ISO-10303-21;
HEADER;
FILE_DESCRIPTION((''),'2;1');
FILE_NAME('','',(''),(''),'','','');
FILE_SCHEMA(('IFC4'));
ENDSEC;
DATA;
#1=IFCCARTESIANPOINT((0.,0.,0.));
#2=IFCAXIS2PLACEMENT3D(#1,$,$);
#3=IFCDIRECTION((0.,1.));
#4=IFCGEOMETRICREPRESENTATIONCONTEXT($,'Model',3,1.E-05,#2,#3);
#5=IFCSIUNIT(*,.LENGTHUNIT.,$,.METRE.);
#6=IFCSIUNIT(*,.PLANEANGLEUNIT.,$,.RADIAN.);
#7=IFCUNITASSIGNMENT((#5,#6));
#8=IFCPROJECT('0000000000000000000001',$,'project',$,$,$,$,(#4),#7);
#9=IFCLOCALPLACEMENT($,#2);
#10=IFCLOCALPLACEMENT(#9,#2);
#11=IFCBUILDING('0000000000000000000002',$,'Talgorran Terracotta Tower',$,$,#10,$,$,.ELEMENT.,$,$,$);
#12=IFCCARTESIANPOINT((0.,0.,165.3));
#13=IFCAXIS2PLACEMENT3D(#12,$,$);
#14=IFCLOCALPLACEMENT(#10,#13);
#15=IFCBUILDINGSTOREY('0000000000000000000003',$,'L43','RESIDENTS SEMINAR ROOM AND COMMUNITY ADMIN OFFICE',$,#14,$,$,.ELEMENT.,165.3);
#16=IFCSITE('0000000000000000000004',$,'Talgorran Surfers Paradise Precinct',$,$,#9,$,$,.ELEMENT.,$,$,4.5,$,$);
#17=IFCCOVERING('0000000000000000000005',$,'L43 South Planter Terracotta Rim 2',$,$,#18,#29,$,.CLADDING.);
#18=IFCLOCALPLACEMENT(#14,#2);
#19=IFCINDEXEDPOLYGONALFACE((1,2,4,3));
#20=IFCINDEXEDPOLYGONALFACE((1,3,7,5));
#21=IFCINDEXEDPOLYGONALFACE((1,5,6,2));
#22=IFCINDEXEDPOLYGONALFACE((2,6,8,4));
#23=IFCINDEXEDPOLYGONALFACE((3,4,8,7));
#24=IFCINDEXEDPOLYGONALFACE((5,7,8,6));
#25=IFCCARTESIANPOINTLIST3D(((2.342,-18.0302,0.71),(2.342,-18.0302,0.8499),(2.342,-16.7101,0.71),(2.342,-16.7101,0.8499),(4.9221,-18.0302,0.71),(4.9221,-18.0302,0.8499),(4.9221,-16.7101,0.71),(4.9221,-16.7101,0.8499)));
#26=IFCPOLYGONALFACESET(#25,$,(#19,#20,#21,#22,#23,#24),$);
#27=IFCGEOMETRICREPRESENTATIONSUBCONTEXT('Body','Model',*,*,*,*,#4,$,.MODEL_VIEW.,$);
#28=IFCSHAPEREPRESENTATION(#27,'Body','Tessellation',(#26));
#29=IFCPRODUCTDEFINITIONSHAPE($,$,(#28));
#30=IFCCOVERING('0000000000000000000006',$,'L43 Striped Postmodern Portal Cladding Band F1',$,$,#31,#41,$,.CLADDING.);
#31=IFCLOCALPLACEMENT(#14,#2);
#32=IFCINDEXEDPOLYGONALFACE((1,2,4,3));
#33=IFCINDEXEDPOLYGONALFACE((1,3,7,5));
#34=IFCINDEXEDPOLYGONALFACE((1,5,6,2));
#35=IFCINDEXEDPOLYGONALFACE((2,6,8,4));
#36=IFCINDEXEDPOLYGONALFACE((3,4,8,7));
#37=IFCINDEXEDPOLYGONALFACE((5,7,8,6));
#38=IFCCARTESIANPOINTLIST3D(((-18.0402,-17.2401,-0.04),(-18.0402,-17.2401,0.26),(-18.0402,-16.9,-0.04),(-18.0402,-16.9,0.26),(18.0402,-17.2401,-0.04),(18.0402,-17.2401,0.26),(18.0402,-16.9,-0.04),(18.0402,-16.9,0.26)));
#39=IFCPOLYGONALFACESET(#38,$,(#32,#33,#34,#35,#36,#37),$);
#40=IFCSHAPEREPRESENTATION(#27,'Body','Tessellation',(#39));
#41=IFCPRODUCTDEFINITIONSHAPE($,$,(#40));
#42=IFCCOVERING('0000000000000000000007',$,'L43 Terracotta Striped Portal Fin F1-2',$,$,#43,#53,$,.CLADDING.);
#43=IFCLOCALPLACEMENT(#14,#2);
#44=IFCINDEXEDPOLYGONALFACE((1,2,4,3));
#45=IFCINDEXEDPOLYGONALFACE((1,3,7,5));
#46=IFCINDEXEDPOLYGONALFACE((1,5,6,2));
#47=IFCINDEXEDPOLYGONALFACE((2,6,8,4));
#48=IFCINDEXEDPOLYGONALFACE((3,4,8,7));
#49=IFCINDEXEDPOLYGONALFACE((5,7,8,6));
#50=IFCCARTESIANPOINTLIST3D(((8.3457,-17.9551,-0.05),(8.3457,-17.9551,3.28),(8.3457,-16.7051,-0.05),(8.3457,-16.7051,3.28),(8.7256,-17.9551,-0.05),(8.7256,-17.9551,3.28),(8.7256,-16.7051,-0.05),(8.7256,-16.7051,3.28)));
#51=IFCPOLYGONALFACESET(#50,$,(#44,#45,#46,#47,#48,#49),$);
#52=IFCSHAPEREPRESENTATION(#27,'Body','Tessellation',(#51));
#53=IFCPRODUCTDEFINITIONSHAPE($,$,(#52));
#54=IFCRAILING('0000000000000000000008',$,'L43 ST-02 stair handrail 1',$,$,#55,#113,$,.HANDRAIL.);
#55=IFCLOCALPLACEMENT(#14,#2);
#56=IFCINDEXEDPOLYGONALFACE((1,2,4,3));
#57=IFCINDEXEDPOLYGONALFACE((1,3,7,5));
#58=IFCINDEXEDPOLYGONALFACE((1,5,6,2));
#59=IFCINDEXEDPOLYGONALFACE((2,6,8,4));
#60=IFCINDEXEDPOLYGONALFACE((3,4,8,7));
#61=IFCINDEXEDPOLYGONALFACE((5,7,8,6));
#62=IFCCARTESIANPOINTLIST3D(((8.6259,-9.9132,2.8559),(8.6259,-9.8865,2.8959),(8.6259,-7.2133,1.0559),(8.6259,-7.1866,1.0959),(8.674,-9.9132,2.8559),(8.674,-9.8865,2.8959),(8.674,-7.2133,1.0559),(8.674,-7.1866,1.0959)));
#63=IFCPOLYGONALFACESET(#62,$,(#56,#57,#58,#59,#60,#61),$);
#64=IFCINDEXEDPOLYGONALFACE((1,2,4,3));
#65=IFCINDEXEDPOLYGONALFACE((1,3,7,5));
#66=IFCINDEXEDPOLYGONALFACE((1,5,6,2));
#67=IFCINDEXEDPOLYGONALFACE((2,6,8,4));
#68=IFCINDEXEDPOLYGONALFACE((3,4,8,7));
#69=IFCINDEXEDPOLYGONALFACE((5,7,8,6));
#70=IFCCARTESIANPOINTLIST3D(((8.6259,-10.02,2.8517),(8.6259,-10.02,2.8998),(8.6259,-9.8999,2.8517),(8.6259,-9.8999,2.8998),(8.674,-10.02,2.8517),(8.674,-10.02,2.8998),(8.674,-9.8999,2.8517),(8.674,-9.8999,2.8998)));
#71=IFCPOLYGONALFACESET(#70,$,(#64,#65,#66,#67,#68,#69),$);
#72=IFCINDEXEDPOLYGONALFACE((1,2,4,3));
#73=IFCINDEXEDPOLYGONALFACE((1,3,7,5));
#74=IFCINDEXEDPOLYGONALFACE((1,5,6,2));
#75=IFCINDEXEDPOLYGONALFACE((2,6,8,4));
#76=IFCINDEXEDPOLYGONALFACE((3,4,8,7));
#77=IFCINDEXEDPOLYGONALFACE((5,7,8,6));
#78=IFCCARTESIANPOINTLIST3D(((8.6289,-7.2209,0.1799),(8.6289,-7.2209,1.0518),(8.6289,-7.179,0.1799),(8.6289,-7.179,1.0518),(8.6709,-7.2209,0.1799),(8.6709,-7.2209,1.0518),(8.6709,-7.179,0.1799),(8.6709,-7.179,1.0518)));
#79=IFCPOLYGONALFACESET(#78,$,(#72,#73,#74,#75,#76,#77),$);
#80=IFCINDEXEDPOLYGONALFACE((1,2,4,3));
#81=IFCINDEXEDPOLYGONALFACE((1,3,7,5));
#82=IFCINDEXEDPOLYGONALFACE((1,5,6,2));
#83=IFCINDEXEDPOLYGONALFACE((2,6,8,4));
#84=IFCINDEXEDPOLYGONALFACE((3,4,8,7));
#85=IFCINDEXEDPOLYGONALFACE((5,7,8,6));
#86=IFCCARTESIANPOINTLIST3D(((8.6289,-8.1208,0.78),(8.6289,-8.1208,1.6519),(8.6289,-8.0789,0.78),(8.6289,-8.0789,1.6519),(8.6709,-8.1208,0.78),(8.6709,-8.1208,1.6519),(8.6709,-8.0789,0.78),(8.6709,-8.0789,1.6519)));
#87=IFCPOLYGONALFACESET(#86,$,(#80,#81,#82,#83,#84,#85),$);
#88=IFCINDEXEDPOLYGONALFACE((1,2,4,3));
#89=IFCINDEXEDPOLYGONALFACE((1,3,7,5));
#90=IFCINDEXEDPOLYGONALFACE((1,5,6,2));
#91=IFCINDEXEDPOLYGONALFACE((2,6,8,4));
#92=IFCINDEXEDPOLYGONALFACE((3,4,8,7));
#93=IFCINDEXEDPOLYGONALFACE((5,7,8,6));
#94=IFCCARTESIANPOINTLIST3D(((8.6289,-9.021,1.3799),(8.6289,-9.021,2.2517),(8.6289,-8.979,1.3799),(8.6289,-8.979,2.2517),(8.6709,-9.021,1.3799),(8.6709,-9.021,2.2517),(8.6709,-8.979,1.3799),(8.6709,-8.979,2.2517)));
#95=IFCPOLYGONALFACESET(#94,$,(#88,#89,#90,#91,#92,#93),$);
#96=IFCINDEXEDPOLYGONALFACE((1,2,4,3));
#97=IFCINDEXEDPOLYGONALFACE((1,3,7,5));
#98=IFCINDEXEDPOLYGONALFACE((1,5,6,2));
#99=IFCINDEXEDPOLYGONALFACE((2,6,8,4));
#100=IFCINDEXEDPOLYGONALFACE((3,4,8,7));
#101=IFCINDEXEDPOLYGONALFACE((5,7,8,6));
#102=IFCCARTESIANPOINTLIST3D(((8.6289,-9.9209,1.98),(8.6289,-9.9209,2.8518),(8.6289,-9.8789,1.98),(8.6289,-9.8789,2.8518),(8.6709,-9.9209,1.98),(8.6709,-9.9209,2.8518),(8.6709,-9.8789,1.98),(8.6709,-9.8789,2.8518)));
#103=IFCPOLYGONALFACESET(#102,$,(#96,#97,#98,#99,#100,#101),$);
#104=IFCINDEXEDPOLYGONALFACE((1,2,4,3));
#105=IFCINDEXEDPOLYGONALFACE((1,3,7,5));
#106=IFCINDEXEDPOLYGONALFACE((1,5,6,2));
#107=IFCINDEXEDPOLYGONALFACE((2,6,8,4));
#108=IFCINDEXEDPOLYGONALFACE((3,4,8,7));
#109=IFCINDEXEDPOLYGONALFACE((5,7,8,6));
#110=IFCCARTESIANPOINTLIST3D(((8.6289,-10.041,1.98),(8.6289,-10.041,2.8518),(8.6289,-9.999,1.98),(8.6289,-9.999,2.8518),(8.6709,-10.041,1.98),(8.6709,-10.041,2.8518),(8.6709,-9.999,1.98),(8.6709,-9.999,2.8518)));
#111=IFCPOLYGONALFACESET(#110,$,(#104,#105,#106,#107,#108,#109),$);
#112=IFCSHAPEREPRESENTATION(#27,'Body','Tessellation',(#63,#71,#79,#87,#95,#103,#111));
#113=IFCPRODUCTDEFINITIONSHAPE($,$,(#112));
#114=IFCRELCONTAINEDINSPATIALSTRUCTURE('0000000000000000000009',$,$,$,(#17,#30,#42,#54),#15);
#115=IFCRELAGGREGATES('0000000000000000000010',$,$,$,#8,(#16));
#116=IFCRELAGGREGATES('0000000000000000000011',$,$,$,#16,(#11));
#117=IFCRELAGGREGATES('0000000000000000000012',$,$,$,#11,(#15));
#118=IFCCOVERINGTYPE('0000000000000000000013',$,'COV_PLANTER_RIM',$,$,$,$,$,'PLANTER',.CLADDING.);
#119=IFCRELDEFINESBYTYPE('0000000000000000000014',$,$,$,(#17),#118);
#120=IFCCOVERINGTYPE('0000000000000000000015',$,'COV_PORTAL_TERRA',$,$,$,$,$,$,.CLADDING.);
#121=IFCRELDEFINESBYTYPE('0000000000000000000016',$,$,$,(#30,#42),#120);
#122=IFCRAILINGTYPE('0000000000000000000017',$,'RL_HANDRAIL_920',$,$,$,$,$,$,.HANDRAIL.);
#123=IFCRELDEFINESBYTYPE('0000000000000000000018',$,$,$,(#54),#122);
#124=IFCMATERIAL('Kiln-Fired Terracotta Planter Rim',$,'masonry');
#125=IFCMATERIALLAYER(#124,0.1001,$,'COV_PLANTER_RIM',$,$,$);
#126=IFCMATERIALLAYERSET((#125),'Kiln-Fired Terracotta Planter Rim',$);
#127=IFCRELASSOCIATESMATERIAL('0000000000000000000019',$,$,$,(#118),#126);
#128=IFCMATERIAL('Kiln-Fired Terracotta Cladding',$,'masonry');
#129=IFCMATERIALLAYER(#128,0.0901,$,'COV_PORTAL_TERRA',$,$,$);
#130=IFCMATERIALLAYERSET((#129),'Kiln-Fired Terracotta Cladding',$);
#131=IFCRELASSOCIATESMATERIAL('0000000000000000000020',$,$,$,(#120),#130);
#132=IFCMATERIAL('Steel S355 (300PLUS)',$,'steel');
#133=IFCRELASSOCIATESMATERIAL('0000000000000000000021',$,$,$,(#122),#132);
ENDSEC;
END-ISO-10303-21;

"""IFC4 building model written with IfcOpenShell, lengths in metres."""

from ifc_helpers import new_model, si_unit, direction, frame, origin, origin_2d, place, context, subcontext, project, spatial, rectangle, extrude, material, layer, layer_set, type_object, element, save


model = new_model("IFC4")

# Units and contexts
model_context = context("Model", 3, precision=1e-05, world=origin(), true_north=direction((0.0, 1.0)))
body_context = subcontext(model_context, "Body", "Model", "MODEL_VIEW")
ifc_project = project(units=[si_unit("LENGTHUNIT", "METRE"), si_unit("PLANEANGLEUNIT", "RADIAN")], contexts=[model_context])

# Site, building, storey
site_placement = place(None, origin())
site = spatial("IfcSite", under=ifc_project, at=site_placement, Name="Talgorran Surfers Paradise Precinct", CompositionType="ELEMENT", RefElevation=4.5)
building_placement = place(site_placement, origin())
building = spatial("IfcBuilding", under=site, at=building_placement, Name="Talgorran Terracotta Tower", CompositionType="ELEMENT")
storey_placement = place(building_placement, frame((0.0, 0.0, 165.3)))
storey = spatial("IfcBuildingStorey", under=building, at=storey_placement, Name="L43", Description="RESIDENTS SEMINAR ROOM AND COMMUNITY ADMIN OFFICE", CompositionType="ELEMENT", Elevation=165.3)

# Coverings
ifc_material_1 = material(Name="Kiln-Fired Terracotta Planter Rim", Category="masonry")
ifc_layer_1 = layer(ifc_material_1, 0.1001, Name="COV_PLANTER_RIM")
ifc_layer_set_1 = layer_set([ifc_layer_1], Name="Kiln-Fired Terracotta Planter Rim")
covering_type_1 = type_object("IfcCoveringType", Name="COV_PLANTER_RIM", ElementType="PLANTER", PredefinedType="CLADDING", material=ifc_layer_set_1)
covering_1_placement = place(storey_placement, frame((3.6321, -17.3701, 0.71), z_axis=(0.0, 0.0, 1.0), x_axis=(1.0, 0.0, 0.0)))
element("IfcCovering", 1, at=covering_1_placement, inside=storey, type_object=covering_type_1, Name="L43 South Planter Terracotta Rim 2", PredefinedType="CLADDING", context=body_context, shape_type="SweptSolid", body=[
    extrude(rectangle(XDim=2.5801, YDim=1.3201, at=origin_2d()), origin(), (0.0, 0.0, 1.0), 0.1399),
])
ifc_material_2 = material(Name="Kiln-Fired Terracotta Cladding", Category="masonry")
ifc_layer_2 = layer(ifc_material_2, 0.0901, Name="COV_PORTAL_TERRA")
ifc_layer_set_2 = layer_set([ifc_layer_2], Name="Kiln-Fired Terracotta Cladding")
covering_type_2 = type_object("IfcCoveringType", Name="COV_PORTAL_TERRA", PredefinedType="CLADDING", material=ifc_layer_set_2)
covering_2_placement = place(storey_placement, frame((0.0, -17.0701, -0.04), z_axis=(0.0, 0.0, 1.0), x_axis=(1.0, 0.0, 0.0)))
element("IfcCovering", 2, at=covering_2_placement, inside=storey, type_object=covering_type_2, Name="L43 Striped Postmodern Portal Cladding Band F1", PredefinedType="CLADDING", context=body_context, shape_type="SweptSolid", body=[
    extrude(rectangle(XDim=36.0803, YDim=0.3401, at=origin_2d()), origin(), (0.0, 0.0, 1.0), 0.3),
])
covering_3_placement = place(storey_placement, frame((8.5356, -17.3301, -0.05), z_axis=(0.0, 0.0, 1.0), x_axis=(1.0, 0.0, 0.0)))
element("IfcCovering", 3, at=covering_3_placement, inside=storey, type_object=covering_type_2, Name="L43 Terracotta Striped Portal Fin F1-2", PredefinedType="CLADDING", context=body_context, shape_type="SweptSolid", body=[
    extrude(rectangle(XDim=0.3799, YDim=1.25, at=origin_2d()), origin(), (0.0, 0.0, 1.0), 3.3301),
])

# Railing
ifc_material_3 = material(Name="Steel S355 (300PLUS)", Category="steel")
railing_type = type_object("IfcRailingType", Name="RL_HANDRAIL_920", PredefinedType="HANDRAIL", material=ifc_material_3)
railing_placement = place(storey_placement, frame((8.6499, -7.2, 0.1799)))
element("IfcRailing", 4, at=railing_placement, inside=storey, type_object=railing_type, Name="L43 ST-02 stair handrail 1", PredefinedType="HANDRAIL", context=body_context, shape_type="SweptSolid", body=[
    extrude(rectangle(XDim=0.0481, YDim=0.0481, at=origin_2d()), frame((0.0, 0.0, 0.896), z_axis=(0.0, -0.832039, 0.554718), x_axis=(1.0, 0.0, 0.0)), (0.0, 0.0, 1.0), 3.2449),
    extrude(rectangle(XDim=0.0481, YDim=0.0481, at=origin_2d()), frame((0.0, -2.7, 2.6958), z_axis=(0.0, -1.0, 0.0), x_axis=(1.0, 0.0, 0.0)), (0.0, 0.0, 1.0), 0.1201),
    extrude(rectangle(XDim=0.042, YDim=0.042, at=origin_2d()), origin(), (0.0, 0.0, 1.0), 0.8718),
    extrude(rectangle(XDim=0.042, YDim=0.042, at=origin_2d()), frame((0.0, -0.8999, 0.6001)), (0.0, 0.0, 1.0), 0.8718),
    extrude(rectangle(XDim=0.042, YDim=0.042, at=origin_2d()), frame((0.0, -1.8, 1.2)), (0.0, 0.0, 1.0), 0.8718),
    extrude(rectangle(XDim=0.042, YDim=0.042, at=origin_2d()), frame((0.0, -2.7, 1.8)), (0.0, 0.0, 1.0), 0.8718),
    extrude(rectangle(XDim=0.042, YDim=0.042, at=origin_2d()), frame((0.0, -2.8201, 1.8)), (0.0, 0.0, 1.0), 0.8718),
])

save(model, "model.ifc")
